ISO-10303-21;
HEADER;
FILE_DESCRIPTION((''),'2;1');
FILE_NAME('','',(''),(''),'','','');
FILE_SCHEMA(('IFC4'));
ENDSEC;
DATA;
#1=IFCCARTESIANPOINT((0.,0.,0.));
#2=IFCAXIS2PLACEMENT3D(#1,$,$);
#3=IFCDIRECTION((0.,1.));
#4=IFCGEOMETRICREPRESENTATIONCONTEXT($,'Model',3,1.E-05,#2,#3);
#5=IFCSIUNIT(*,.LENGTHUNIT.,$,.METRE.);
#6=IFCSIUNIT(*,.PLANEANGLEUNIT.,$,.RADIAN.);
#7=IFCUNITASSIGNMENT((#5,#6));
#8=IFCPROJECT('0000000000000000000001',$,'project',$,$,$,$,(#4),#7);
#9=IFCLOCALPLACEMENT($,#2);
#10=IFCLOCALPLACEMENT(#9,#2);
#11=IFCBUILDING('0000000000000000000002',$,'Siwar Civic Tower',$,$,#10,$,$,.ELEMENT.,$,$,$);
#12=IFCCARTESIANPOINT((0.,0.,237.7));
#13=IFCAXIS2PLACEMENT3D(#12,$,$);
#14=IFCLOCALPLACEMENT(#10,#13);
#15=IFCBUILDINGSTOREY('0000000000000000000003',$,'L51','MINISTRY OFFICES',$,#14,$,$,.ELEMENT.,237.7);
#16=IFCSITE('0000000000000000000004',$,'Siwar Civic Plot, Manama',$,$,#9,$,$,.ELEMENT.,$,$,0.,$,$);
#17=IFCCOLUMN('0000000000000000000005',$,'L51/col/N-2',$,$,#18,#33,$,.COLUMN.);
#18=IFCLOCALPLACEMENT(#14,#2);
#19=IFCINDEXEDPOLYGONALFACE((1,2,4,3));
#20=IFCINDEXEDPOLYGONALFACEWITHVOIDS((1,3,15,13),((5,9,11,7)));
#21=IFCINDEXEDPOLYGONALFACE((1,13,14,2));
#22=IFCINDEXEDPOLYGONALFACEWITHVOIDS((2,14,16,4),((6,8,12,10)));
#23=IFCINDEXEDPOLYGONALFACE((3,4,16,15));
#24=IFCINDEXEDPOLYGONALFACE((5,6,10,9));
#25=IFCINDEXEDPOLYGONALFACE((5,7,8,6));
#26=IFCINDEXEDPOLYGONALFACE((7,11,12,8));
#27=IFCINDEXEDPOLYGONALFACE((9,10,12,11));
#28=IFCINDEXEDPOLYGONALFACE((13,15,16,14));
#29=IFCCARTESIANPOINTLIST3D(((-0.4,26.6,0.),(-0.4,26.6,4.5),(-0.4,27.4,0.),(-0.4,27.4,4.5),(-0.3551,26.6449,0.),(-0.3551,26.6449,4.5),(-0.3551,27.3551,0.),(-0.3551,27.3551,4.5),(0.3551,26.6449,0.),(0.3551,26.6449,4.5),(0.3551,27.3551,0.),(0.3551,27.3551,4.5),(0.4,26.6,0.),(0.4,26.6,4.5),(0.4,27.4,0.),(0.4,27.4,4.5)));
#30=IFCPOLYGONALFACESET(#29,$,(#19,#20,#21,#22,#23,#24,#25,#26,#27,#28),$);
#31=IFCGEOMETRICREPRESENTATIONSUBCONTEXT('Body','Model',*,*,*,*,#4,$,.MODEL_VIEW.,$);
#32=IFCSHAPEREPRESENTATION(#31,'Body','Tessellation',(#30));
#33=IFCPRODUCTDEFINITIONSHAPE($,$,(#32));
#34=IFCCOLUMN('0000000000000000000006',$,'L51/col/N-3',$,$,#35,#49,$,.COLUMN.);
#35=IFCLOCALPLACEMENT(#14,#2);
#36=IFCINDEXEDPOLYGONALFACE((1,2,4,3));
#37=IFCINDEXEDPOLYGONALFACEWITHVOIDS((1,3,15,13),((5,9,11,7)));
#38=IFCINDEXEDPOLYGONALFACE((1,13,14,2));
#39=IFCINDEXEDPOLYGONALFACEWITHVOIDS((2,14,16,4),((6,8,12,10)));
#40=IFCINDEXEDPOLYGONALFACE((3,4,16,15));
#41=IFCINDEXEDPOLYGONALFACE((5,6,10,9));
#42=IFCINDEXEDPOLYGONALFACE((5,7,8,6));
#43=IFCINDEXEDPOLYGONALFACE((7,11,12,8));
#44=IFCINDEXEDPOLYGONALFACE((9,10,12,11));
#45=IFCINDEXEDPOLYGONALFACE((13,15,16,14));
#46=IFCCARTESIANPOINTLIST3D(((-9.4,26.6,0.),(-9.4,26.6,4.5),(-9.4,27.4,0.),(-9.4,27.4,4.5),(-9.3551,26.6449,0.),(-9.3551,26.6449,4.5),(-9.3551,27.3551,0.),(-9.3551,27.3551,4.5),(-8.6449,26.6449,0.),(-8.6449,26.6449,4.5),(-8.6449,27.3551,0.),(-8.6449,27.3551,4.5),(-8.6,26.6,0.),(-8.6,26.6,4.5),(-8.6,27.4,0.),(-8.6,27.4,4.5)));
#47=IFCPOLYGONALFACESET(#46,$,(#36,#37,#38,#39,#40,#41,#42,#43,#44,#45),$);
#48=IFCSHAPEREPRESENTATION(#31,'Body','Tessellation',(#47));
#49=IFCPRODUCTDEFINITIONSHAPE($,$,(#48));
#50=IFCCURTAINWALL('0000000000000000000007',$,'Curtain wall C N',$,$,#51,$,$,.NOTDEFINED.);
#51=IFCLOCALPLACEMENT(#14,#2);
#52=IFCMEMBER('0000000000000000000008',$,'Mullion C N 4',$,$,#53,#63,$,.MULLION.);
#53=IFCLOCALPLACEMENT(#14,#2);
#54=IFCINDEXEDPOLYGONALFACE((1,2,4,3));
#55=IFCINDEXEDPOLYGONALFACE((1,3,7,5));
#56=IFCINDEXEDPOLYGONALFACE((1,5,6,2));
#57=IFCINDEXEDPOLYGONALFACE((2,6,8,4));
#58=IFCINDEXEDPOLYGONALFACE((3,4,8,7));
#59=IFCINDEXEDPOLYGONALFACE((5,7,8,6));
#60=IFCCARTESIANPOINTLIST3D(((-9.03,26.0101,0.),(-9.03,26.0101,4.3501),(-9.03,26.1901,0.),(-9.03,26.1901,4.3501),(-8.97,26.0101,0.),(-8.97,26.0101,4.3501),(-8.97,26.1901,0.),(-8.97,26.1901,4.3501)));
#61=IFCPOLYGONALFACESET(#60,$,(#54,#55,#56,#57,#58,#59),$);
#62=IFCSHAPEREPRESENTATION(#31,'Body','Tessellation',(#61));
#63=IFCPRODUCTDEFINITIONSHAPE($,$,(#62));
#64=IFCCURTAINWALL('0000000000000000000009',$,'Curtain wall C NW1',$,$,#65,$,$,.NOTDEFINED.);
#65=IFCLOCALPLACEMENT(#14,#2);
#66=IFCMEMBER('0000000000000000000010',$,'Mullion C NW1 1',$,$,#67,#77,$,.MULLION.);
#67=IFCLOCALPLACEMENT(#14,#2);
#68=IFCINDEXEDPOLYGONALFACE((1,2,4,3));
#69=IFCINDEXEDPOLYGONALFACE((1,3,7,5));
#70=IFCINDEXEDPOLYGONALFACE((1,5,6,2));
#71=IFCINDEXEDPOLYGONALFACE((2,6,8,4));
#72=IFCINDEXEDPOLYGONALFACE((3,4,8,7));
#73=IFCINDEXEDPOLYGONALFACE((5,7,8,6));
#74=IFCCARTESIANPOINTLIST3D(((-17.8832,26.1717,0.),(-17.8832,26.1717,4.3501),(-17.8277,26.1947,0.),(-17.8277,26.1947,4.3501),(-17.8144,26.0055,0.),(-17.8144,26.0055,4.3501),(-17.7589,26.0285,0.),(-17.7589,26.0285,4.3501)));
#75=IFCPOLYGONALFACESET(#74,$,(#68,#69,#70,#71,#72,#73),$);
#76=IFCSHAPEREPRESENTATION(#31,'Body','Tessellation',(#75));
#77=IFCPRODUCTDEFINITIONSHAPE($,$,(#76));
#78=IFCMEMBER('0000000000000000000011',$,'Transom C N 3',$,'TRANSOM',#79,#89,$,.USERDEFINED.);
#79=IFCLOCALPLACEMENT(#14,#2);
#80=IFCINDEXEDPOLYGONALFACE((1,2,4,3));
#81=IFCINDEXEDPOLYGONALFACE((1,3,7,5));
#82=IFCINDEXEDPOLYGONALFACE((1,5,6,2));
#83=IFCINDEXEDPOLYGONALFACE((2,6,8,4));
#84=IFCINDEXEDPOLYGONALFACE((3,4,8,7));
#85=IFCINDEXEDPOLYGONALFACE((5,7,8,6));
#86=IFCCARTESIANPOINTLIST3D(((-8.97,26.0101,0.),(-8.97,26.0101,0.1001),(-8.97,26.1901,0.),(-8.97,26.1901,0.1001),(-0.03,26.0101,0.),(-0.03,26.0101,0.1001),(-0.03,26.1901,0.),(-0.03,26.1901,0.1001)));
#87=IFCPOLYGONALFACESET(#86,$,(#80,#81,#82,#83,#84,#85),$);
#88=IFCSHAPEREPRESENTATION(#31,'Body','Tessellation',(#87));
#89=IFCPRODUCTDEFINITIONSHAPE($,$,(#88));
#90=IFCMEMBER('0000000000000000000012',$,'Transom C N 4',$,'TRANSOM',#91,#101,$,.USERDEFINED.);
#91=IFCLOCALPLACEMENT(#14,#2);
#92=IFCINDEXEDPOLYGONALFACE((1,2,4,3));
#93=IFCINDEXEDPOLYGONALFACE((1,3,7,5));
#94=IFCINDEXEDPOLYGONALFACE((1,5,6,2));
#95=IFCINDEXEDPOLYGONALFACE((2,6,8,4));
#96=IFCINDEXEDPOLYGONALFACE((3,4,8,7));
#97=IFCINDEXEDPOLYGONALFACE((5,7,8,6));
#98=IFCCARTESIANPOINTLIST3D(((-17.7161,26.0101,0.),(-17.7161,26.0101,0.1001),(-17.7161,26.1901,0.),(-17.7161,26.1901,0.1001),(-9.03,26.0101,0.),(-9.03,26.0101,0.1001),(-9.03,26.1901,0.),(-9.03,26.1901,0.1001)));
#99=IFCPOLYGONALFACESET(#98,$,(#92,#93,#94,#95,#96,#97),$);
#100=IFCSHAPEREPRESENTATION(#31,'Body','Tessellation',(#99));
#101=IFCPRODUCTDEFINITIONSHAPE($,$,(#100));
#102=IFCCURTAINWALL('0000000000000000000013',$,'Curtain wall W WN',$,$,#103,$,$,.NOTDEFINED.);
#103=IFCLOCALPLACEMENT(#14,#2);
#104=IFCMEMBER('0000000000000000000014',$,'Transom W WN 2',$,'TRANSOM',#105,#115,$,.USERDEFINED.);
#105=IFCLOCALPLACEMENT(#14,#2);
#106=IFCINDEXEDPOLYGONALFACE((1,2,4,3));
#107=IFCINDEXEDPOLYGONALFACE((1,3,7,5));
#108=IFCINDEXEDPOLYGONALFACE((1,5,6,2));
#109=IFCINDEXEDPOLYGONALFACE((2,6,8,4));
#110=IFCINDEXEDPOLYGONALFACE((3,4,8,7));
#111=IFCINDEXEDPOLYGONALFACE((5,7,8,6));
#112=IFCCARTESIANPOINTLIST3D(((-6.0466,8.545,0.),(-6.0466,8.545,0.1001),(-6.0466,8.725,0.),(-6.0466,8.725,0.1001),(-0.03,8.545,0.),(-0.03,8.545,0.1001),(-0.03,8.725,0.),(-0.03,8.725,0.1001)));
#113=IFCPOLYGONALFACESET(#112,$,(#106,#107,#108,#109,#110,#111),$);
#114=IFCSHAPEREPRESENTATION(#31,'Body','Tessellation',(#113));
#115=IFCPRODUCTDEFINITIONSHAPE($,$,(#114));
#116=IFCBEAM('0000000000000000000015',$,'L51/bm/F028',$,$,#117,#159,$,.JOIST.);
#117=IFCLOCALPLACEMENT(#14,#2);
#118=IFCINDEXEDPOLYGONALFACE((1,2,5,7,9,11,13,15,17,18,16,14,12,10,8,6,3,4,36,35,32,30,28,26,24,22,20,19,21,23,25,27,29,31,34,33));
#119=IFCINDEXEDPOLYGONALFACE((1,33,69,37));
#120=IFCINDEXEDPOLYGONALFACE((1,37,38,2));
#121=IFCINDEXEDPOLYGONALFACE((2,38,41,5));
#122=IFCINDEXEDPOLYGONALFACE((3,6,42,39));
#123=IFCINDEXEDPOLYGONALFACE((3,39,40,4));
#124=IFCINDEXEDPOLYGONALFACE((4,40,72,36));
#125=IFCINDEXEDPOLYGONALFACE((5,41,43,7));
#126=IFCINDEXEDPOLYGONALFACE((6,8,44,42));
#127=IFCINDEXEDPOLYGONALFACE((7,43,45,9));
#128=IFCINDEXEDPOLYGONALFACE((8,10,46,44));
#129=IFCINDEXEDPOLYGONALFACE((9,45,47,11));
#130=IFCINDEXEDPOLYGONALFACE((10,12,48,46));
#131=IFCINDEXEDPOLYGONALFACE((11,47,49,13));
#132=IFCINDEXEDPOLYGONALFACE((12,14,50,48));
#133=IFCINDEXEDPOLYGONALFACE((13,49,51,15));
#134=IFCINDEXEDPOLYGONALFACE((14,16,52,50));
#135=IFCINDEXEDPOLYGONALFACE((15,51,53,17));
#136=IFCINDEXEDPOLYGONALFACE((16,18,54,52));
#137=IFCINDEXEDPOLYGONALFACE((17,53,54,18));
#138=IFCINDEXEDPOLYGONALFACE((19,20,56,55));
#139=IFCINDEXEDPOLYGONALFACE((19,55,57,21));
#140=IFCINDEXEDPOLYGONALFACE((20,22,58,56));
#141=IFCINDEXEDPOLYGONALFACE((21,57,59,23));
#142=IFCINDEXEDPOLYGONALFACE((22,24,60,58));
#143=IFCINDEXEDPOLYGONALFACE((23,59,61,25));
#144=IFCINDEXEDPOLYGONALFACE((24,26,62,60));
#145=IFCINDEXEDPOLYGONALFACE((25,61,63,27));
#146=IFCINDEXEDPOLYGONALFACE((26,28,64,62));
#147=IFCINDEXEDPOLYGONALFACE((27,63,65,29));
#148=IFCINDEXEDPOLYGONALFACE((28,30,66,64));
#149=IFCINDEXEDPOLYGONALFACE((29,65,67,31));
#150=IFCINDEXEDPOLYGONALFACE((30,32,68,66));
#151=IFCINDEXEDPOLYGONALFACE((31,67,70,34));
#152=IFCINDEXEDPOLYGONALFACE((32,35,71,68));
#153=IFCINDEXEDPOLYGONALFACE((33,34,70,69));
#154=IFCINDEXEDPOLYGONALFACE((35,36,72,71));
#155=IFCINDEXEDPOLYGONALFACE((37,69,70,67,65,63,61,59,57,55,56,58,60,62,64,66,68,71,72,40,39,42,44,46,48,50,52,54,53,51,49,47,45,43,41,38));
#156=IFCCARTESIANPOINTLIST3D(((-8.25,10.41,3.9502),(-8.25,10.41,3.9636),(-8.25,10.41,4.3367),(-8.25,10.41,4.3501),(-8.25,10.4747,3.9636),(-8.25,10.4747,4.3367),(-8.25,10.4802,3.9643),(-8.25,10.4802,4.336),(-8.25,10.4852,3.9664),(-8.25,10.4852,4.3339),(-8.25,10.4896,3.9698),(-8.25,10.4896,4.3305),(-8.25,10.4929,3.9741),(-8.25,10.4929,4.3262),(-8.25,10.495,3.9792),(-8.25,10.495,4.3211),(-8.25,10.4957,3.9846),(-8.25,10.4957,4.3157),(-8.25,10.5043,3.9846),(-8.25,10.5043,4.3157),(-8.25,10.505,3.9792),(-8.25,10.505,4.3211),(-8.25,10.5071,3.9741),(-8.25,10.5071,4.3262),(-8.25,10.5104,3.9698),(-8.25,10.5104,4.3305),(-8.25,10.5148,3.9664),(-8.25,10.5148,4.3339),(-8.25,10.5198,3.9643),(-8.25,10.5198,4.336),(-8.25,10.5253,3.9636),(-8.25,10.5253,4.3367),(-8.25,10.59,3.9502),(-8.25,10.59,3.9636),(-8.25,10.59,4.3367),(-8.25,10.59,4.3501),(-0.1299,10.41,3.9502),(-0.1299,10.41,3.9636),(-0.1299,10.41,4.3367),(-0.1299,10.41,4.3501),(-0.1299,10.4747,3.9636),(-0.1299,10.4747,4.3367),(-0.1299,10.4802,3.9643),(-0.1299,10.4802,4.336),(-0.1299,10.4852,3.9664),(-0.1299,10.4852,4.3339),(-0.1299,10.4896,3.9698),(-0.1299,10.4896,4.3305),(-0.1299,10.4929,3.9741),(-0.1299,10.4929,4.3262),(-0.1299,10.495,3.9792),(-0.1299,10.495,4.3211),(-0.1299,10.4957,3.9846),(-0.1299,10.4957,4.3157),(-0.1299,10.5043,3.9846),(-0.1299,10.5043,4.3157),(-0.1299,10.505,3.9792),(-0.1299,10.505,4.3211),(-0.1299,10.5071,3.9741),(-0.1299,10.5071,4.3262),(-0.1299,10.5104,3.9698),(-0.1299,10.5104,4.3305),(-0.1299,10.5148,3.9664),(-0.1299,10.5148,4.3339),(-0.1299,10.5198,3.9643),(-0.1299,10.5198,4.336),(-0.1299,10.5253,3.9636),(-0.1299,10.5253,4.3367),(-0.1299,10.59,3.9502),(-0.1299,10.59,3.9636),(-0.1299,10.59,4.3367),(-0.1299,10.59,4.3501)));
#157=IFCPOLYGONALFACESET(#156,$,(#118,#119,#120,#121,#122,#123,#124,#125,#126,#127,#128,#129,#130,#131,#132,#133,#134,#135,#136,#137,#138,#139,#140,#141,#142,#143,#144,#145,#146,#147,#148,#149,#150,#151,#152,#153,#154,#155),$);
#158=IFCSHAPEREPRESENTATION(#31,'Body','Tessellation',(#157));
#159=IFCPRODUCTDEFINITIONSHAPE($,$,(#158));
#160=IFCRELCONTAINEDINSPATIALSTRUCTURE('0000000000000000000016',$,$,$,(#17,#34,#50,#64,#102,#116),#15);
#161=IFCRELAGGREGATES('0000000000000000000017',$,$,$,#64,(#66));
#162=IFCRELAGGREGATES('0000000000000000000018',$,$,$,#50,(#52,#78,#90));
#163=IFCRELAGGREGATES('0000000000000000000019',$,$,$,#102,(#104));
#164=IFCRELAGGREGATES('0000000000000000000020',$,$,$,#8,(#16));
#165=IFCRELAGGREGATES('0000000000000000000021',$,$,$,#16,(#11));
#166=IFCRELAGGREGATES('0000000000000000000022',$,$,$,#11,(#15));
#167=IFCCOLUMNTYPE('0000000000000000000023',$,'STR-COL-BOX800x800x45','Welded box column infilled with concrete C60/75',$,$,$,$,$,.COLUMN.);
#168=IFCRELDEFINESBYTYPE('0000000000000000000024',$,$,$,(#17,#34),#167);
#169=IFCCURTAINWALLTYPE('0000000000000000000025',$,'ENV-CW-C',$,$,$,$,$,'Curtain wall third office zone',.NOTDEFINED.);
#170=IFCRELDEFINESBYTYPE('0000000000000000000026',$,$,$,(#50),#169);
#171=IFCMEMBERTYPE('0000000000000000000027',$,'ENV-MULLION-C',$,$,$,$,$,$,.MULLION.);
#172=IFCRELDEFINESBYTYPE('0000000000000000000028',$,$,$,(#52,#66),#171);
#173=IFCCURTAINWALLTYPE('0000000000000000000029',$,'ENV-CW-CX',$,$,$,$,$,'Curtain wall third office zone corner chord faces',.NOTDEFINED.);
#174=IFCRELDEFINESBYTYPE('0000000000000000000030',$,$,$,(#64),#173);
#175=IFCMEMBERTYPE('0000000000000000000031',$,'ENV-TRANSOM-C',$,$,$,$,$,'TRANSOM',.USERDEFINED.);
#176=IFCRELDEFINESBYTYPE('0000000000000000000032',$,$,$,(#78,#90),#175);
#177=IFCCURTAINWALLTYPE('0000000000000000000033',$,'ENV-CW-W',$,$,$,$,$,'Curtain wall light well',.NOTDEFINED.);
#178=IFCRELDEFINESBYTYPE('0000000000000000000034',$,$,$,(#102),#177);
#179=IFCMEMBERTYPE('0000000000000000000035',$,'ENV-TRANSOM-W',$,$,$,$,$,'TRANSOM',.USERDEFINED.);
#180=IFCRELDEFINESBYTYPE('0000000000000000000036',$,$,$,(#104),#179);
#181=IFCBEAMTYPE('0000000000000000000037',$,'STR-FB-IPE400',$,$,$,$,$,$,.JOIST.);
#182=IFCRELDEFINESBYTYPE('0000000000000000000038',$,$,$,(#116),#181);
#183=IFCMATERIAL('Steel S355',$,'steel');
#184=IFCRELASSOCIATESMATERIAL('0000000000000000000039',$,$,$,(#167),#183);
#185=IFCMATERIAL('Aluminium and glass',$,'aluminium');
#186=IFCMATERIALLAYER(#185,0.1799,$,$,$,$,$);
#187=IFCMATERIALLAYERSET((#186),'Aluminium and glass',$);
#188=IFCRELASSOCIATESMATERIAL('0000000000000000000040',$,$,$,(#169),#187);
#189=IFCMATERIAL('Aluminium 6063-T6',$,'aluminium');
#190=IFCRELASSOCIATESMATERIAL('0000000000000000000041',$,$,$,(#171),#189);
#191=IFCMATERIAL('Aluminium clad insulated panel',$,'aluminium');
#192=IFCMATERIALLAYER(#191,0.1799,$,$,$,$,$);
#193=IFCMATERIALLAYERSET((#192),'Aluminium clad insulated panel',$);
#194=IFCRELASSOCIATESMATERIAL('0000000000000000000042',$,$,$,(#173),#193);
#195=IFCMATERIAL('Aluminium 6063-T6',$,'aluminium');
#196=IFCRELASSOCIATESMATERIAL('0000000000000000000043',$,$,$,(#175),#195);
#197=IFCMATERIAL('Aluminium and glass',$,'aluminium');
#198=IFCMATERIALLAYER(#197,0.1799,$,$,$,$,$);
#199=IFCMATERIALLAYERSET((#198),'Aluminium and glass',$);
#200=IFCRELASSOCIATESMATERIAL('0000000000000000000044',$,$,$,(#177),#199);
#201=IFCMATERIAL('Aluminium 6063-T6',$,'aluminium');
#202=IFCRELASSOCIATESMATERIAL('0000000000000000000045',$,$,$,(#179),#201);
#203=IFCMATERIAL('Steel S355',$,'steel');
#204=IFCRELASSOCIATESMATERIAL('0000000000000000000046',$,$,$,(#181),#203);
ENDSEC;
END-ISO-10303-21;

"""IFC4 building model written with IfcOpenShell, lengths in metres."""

from ifc_helpers import new_model, si_unit, direction, frame, origin, origin_2d, place, context, subcontext, project, spatial, rectangle, hollow_rectangle, i_section, extrude, material, layer, layer_set, material_profile, profile_set, type_object, element, aggregate, save


model = new_model("IFC4")

# Units and contexts
model_context = context("Model", 3, precision=1e-05, world=origin(), true_north=direction((0.0, 1.0)))
body_context = subcontext(model_context, "Body", "Model", "MODEL_VIEW")
ifc_project = project(units=[si_unit("LENGTHUNIT", "METRE"), si_unit("PLANEANGLEUNIT", "RADIAN")], contexts=[model_context])

# Site, building, storey
site_placement = place(None, origin())
site = spatial("IfcSite", under=ifc_project, at=site_placement, Name="Siwar Civic Plot, Manama", CompositionType="ELEMENT", RefElevation=0.0)
building_placement = place(site_placement, origin())
building = spatial("IfcBuilding", under=site, at=building_placement, Name="Siwar Civic Tower", CompositionType="ELEMENT")
storey_placement = place(building_placement, frame((0.0, 0.0, 237.7)))
storey = spatial("IfcBuildingStorey", under=building, at=storey_placement, Name="L51", Description="MINISTRY OFFICES", CompositionType="ELEMENT", Elevation=237.7)

# Columns
ifc_material_1 = material(Name="Steel S355", Category="steel")
ifc_material_profile_1 = material_profile(ifc_material_1, hollow_rectangle(XDim=0.8, YDim=0.8, WallThickness=0.0449, at=origin_2d()), Name="BOX800x800x45")
ifc_profile_set_1 = profile_set([ifc_material_profile_1], Name="Steel S355")
column_type = type_object("IfcColumnType", Name="STR-COL-BOX800x800x45", Description="Welded box column infilled with concrete C60/75", PredefinedType="COLUMN", material=ifc_profile_set_1)
for number, where, z_axis, x_axis, name in (
    (1, (0.0, 27.0, 0.0), (0.0, 0.0, 1.0), (1.0, 0.0, 0.0), "L51/col/N-2"),
    (2, (-9.0, 27.0, 0.0), (0.0, 0.0, 1.0), (1.0, 0.0, 0.0), "L51/col/N-3"),
):
    element("IfcColumn", number, at=place(storey_placement, frame(where, z_axis=z_axis, x_axis=x_axis)), inside=storey, type_object=column_type, Name=name, PredefinedType="COLUMN", context=body_context, shape_type="SweptSolid", body=[
        extrude(hollow_rectangle(XDim=0.8, YDim=0.8, WallThickness=0.0449, at=origin_2d()), origin(), (0.0, 0.0, 1.0), 4.5),
    ])

# Curtain walls, members
ifc_material_2 = material(Name="Aluminium and glass", Category="aluminium")
ifc_layer_1 = layer(ifc_material_2, 0.1799)
ifc_layer_set_1 = layer_set([ifc_layer_1], Name="Aluminium and glass")
curtain_wall_type_1 = type_object("IfcCurtainWallType", Name="ENV-CW-C", ElementType="Curtain wall third office zone", PredefinedType="NOTDEFINED", material=ifc_layer_set_1)
curtain_wall_1_placement = place(storey_placement, origin())
curtain_wall_1 = element("IfcCurtainWall", 3, at=curtain_wall_1_placement, inside=storey, type_object=curtain_wall_type_1, Name="Curtain wall C N", PredefinedType="NOTDEFINED")
ifc_material_3 = material(Name="Aluminium 6063-T6", Category="aluminium")
ifc_material_profile_2 = material_profile(ifc_material_3, rectangle(XDim=0.1799, YDim=0.0601, at=origin_2d()), Name="AL 180x60")
ifc_profile_set_2 = profile_set([ifc_material_profile_2], Name="Aluminium 6063-T6")
member_type_1 = type_object("IfcMemberType", Name="ENV-MULLION-C", PredefinedType="MULLION", material=ifc_profile_set_2)
member_1_placement = place(storey_placement, frame((-9.0, 26.1001, 0.0), z_axis=(0.0, 0.0, 1.0), x_axis=(0.0, -1.0, 0.0)))
member_1 = element("IfcMember", 4, at=member_1_placement, type_object=member_type_1, Name="Mullion C N 4", PredefinedType="MULLION", context=body_context, shape_type="SweptSolid", body=[
    extrude(rectangle(XDim=0.1799, YDim=0.0601, at=origin_2d()), origin(), (0.0, 0.0, 1.0), 4.3501),
])
ifc_material_4 = material(Name="Aluminium clad insulated panel", Category="aluminium")
ifc_layer_2 = layer(ifc_material_4, 0.1799)
ifc_layer_set_2 = layer_set([ifc_layer_2], Name="Aluminium clad insulated panel")
curtain_wall_type_2 = type_object("IfcCurtainWallType", Name="ENV-CW-CX", ElementType="Curtain wall third office zone corner chord faces", PredefinedType="NOTDEFINED", material=ifc_layer_set_2)
curtain_wall_2_placement = place(storey_placement, origin())
curtain_wall_2 = element("IfcCurtainWall", 5, at=curtain_wall_2_placement, inside=storey, type_object=curtain_wall_type_2, Name="Curtain wall C NW1", PredefinedType="NOTDEFINED")
member_2_placement = place(storey_placement, frame((-17.821, 26.1001, 0.0), z_axis=(0.0, 0.0, 1.0), x_axis=(0.382683, -0.92388, 0.0)))
member_2 = element("IfcMember", 6, at=member_2_placement, type_object=member_type_1, Name="Mullion C NW1 1", PredefinedType="MULLION", context=body_context, shape_type="SweptSolid", body=[
    extrude(rectangle(XDim=0.1799, YDim=0.0601, at=origin_2d()), origin(), (0.0, 0.0, 1.0), 4.3501),
])
aggregate(curtain_wall_2, [member_2])

# Members
ifc_material_5 = material(Name="Aluminium 6063-T6", Category="aluminium")
ifc_material_profile_3 = material_profile(ifc_material_5, rectangle(XDim=0.1799, YDim=0.1001, at=origin_2d()), Name="AL 180x100")
ifc_profile_set_3 = profile_set([ifc_material_profile_3], Name="Aluminium 6063-T6")
member_type_2 = type_object("IfcMemberType", Name="ENV-TRANSOM-C", ElementType="TRANSOM", PredefinedType="USERDEFINED", material=ifc_profile_set_3)
member_3_placement = place(storey_placement, frame((-0.03, 26.1001, 0.05), z_axis=(-1.0, 0.0, 0.0), x_axis=(0.0, -1.0, 0.0)))
member_3 = element("IfcMember", 7, at=member_3_placement, type_object=member_type_2, Name="Transom C N 3", ObjectType="TRANSOM", PredefinedType="USERDEFINED", context=body_context, shape_type="SweptSolid", body=[
    extrude(rectangle(XDim=0.1799, YDim=0.1001, at=origin_2d()), origin(), (0.0, 0.0, 1.0), 8.9399),
])
member_4_placement = place(storey_placement, frame((-9.03, 26.1001, 0.05), z_axis=(-1.0, 0.0, 0.0), x_axis=(0.0, -1.0, 0.0)))
member_4 = element("IfcMember", 8, at=member_4_placement, type_object=member_type_2, Name="Transom C N 4", ObjectType="TRANSOM", PredefinedType="USERDEFINED", context=body_context, shape_type="SweptSolid", body=[
    extrude(rectangle(XDim=0.1799, YDim=0.1001, at=origin_2d()), origin(), (0.0, 0.0, 1.0), 8.686),
])

# Curtain wall, member
ifc_material_6 = material(Name="Aluminium and glass", Category="aluminium")
ifc_layer_3 = layer(ifc_material_6, 0.1799)
ifc_layer_set_3 = layer_set([ifc_layer_3], Name="Aluminium and glass")
curtain_wall_type_3 = type_object("IfcCurtainWallType", Name="ENV-CW-W", ElementType="Curtain wall light well", PredefinedType="NOTDEFINED", material=ifc_layer_set_3)
curtain_wall_3_placement = place(storey_placement, origin())
curtain_wall_3 = element("IfcCurtainWall", 9, at=curtain_wall_3_placement, inside=storey, type_object=curtain_wall_type_3, Name="Curtain wall W WN", PredefinedType="NOTDEFINED")
ifc_material_7 = material(Name="Aluminium 6063-T6", Category="aluminium")
ifc_material_profile_4 = material_profile(ifc_material_7, rectangle(XDim=0.1799, YDim=0.1001, at=origin_2d()), Name="AL 180x100")
ifc_profile_set_4 = profile_set([ifc_material_profile_4], Name="Aluminium 6063-T6")
member_type_3 = type_object("IfcMemberType", Name="ENV-TRANSOM-W", ElementType="TRANSOM", PredefinedType="USERDEFINED", material=ifc_profile_set_4)
member_5_placement = place(storey_placement, frame((-0.03, 8.635, 0.05), z_axis=(-1.0, 0.0, 0.0), x_axis=(0.0, -1.0, 0.0)))
member_5 = element("IfcMember", 10, at=member_5_placement, type_object=member_type_3, Name="Transom W WN 2", ObjectType="TRANSOM", PredefinedType="USERDEFINED", context=body_context, shape_type="SweptSolid", body=[
    extrude(rectangle(XDim=0.1799, YDim=0.1001, at=origin_2d()), origin(), (0.0, 0.0, 1.0), 6.0166),
])

# Beam
ifc_material_8 = material(Name="Steel S355", Category="steel")
ifc_material_profile_5 = material_profile(ifc_material_8, i_section(OverallWidth=0.1799, OverallDepth=0.3999, WebThickness=0.0085, FlangeThickness=0.0134, FilletRadius=0.021, at=origin_2d()), Name="IPE400")
ifc_profile_set_5 = profile_set([ifc_material_profile_5], Name="Steel S355")
beam_type_1 = type_object("IfcBeamType", Name="STR-FB-IPE400", PredefinedType="JOIST", material=ifc_profile_set_5)
beam_1_placement = place(storey_placement, frame((-8.25, 10.5, 4.1501), z_axis=(1.0, 0.0, 0.0), x_axis=(0.0, 1.0, 0.0)))
element("IfcBeam", 11, at=beam_1_placement, inside=storey, type_object=beam_type_1, Name="L51/bm/F028", PredefinedType="JOIST", context=body_context, shape_type="SweptSolid", body=[
    extrude(i_section(OverallWidth=0.1799, OverallDepth=0.3999, WebThickness=0.0085, FlangeThickness=0.0134, FilletRadius=0.021, at=origin_2d()), origin(), (0.0, 0.0, 1.0), 8.1201),
])

aggregate(curtain_wall_1, [member_1, member_3, member_4])
aggregate(curtain_wall_3, [member_5])

save(model, "model.ifc")
